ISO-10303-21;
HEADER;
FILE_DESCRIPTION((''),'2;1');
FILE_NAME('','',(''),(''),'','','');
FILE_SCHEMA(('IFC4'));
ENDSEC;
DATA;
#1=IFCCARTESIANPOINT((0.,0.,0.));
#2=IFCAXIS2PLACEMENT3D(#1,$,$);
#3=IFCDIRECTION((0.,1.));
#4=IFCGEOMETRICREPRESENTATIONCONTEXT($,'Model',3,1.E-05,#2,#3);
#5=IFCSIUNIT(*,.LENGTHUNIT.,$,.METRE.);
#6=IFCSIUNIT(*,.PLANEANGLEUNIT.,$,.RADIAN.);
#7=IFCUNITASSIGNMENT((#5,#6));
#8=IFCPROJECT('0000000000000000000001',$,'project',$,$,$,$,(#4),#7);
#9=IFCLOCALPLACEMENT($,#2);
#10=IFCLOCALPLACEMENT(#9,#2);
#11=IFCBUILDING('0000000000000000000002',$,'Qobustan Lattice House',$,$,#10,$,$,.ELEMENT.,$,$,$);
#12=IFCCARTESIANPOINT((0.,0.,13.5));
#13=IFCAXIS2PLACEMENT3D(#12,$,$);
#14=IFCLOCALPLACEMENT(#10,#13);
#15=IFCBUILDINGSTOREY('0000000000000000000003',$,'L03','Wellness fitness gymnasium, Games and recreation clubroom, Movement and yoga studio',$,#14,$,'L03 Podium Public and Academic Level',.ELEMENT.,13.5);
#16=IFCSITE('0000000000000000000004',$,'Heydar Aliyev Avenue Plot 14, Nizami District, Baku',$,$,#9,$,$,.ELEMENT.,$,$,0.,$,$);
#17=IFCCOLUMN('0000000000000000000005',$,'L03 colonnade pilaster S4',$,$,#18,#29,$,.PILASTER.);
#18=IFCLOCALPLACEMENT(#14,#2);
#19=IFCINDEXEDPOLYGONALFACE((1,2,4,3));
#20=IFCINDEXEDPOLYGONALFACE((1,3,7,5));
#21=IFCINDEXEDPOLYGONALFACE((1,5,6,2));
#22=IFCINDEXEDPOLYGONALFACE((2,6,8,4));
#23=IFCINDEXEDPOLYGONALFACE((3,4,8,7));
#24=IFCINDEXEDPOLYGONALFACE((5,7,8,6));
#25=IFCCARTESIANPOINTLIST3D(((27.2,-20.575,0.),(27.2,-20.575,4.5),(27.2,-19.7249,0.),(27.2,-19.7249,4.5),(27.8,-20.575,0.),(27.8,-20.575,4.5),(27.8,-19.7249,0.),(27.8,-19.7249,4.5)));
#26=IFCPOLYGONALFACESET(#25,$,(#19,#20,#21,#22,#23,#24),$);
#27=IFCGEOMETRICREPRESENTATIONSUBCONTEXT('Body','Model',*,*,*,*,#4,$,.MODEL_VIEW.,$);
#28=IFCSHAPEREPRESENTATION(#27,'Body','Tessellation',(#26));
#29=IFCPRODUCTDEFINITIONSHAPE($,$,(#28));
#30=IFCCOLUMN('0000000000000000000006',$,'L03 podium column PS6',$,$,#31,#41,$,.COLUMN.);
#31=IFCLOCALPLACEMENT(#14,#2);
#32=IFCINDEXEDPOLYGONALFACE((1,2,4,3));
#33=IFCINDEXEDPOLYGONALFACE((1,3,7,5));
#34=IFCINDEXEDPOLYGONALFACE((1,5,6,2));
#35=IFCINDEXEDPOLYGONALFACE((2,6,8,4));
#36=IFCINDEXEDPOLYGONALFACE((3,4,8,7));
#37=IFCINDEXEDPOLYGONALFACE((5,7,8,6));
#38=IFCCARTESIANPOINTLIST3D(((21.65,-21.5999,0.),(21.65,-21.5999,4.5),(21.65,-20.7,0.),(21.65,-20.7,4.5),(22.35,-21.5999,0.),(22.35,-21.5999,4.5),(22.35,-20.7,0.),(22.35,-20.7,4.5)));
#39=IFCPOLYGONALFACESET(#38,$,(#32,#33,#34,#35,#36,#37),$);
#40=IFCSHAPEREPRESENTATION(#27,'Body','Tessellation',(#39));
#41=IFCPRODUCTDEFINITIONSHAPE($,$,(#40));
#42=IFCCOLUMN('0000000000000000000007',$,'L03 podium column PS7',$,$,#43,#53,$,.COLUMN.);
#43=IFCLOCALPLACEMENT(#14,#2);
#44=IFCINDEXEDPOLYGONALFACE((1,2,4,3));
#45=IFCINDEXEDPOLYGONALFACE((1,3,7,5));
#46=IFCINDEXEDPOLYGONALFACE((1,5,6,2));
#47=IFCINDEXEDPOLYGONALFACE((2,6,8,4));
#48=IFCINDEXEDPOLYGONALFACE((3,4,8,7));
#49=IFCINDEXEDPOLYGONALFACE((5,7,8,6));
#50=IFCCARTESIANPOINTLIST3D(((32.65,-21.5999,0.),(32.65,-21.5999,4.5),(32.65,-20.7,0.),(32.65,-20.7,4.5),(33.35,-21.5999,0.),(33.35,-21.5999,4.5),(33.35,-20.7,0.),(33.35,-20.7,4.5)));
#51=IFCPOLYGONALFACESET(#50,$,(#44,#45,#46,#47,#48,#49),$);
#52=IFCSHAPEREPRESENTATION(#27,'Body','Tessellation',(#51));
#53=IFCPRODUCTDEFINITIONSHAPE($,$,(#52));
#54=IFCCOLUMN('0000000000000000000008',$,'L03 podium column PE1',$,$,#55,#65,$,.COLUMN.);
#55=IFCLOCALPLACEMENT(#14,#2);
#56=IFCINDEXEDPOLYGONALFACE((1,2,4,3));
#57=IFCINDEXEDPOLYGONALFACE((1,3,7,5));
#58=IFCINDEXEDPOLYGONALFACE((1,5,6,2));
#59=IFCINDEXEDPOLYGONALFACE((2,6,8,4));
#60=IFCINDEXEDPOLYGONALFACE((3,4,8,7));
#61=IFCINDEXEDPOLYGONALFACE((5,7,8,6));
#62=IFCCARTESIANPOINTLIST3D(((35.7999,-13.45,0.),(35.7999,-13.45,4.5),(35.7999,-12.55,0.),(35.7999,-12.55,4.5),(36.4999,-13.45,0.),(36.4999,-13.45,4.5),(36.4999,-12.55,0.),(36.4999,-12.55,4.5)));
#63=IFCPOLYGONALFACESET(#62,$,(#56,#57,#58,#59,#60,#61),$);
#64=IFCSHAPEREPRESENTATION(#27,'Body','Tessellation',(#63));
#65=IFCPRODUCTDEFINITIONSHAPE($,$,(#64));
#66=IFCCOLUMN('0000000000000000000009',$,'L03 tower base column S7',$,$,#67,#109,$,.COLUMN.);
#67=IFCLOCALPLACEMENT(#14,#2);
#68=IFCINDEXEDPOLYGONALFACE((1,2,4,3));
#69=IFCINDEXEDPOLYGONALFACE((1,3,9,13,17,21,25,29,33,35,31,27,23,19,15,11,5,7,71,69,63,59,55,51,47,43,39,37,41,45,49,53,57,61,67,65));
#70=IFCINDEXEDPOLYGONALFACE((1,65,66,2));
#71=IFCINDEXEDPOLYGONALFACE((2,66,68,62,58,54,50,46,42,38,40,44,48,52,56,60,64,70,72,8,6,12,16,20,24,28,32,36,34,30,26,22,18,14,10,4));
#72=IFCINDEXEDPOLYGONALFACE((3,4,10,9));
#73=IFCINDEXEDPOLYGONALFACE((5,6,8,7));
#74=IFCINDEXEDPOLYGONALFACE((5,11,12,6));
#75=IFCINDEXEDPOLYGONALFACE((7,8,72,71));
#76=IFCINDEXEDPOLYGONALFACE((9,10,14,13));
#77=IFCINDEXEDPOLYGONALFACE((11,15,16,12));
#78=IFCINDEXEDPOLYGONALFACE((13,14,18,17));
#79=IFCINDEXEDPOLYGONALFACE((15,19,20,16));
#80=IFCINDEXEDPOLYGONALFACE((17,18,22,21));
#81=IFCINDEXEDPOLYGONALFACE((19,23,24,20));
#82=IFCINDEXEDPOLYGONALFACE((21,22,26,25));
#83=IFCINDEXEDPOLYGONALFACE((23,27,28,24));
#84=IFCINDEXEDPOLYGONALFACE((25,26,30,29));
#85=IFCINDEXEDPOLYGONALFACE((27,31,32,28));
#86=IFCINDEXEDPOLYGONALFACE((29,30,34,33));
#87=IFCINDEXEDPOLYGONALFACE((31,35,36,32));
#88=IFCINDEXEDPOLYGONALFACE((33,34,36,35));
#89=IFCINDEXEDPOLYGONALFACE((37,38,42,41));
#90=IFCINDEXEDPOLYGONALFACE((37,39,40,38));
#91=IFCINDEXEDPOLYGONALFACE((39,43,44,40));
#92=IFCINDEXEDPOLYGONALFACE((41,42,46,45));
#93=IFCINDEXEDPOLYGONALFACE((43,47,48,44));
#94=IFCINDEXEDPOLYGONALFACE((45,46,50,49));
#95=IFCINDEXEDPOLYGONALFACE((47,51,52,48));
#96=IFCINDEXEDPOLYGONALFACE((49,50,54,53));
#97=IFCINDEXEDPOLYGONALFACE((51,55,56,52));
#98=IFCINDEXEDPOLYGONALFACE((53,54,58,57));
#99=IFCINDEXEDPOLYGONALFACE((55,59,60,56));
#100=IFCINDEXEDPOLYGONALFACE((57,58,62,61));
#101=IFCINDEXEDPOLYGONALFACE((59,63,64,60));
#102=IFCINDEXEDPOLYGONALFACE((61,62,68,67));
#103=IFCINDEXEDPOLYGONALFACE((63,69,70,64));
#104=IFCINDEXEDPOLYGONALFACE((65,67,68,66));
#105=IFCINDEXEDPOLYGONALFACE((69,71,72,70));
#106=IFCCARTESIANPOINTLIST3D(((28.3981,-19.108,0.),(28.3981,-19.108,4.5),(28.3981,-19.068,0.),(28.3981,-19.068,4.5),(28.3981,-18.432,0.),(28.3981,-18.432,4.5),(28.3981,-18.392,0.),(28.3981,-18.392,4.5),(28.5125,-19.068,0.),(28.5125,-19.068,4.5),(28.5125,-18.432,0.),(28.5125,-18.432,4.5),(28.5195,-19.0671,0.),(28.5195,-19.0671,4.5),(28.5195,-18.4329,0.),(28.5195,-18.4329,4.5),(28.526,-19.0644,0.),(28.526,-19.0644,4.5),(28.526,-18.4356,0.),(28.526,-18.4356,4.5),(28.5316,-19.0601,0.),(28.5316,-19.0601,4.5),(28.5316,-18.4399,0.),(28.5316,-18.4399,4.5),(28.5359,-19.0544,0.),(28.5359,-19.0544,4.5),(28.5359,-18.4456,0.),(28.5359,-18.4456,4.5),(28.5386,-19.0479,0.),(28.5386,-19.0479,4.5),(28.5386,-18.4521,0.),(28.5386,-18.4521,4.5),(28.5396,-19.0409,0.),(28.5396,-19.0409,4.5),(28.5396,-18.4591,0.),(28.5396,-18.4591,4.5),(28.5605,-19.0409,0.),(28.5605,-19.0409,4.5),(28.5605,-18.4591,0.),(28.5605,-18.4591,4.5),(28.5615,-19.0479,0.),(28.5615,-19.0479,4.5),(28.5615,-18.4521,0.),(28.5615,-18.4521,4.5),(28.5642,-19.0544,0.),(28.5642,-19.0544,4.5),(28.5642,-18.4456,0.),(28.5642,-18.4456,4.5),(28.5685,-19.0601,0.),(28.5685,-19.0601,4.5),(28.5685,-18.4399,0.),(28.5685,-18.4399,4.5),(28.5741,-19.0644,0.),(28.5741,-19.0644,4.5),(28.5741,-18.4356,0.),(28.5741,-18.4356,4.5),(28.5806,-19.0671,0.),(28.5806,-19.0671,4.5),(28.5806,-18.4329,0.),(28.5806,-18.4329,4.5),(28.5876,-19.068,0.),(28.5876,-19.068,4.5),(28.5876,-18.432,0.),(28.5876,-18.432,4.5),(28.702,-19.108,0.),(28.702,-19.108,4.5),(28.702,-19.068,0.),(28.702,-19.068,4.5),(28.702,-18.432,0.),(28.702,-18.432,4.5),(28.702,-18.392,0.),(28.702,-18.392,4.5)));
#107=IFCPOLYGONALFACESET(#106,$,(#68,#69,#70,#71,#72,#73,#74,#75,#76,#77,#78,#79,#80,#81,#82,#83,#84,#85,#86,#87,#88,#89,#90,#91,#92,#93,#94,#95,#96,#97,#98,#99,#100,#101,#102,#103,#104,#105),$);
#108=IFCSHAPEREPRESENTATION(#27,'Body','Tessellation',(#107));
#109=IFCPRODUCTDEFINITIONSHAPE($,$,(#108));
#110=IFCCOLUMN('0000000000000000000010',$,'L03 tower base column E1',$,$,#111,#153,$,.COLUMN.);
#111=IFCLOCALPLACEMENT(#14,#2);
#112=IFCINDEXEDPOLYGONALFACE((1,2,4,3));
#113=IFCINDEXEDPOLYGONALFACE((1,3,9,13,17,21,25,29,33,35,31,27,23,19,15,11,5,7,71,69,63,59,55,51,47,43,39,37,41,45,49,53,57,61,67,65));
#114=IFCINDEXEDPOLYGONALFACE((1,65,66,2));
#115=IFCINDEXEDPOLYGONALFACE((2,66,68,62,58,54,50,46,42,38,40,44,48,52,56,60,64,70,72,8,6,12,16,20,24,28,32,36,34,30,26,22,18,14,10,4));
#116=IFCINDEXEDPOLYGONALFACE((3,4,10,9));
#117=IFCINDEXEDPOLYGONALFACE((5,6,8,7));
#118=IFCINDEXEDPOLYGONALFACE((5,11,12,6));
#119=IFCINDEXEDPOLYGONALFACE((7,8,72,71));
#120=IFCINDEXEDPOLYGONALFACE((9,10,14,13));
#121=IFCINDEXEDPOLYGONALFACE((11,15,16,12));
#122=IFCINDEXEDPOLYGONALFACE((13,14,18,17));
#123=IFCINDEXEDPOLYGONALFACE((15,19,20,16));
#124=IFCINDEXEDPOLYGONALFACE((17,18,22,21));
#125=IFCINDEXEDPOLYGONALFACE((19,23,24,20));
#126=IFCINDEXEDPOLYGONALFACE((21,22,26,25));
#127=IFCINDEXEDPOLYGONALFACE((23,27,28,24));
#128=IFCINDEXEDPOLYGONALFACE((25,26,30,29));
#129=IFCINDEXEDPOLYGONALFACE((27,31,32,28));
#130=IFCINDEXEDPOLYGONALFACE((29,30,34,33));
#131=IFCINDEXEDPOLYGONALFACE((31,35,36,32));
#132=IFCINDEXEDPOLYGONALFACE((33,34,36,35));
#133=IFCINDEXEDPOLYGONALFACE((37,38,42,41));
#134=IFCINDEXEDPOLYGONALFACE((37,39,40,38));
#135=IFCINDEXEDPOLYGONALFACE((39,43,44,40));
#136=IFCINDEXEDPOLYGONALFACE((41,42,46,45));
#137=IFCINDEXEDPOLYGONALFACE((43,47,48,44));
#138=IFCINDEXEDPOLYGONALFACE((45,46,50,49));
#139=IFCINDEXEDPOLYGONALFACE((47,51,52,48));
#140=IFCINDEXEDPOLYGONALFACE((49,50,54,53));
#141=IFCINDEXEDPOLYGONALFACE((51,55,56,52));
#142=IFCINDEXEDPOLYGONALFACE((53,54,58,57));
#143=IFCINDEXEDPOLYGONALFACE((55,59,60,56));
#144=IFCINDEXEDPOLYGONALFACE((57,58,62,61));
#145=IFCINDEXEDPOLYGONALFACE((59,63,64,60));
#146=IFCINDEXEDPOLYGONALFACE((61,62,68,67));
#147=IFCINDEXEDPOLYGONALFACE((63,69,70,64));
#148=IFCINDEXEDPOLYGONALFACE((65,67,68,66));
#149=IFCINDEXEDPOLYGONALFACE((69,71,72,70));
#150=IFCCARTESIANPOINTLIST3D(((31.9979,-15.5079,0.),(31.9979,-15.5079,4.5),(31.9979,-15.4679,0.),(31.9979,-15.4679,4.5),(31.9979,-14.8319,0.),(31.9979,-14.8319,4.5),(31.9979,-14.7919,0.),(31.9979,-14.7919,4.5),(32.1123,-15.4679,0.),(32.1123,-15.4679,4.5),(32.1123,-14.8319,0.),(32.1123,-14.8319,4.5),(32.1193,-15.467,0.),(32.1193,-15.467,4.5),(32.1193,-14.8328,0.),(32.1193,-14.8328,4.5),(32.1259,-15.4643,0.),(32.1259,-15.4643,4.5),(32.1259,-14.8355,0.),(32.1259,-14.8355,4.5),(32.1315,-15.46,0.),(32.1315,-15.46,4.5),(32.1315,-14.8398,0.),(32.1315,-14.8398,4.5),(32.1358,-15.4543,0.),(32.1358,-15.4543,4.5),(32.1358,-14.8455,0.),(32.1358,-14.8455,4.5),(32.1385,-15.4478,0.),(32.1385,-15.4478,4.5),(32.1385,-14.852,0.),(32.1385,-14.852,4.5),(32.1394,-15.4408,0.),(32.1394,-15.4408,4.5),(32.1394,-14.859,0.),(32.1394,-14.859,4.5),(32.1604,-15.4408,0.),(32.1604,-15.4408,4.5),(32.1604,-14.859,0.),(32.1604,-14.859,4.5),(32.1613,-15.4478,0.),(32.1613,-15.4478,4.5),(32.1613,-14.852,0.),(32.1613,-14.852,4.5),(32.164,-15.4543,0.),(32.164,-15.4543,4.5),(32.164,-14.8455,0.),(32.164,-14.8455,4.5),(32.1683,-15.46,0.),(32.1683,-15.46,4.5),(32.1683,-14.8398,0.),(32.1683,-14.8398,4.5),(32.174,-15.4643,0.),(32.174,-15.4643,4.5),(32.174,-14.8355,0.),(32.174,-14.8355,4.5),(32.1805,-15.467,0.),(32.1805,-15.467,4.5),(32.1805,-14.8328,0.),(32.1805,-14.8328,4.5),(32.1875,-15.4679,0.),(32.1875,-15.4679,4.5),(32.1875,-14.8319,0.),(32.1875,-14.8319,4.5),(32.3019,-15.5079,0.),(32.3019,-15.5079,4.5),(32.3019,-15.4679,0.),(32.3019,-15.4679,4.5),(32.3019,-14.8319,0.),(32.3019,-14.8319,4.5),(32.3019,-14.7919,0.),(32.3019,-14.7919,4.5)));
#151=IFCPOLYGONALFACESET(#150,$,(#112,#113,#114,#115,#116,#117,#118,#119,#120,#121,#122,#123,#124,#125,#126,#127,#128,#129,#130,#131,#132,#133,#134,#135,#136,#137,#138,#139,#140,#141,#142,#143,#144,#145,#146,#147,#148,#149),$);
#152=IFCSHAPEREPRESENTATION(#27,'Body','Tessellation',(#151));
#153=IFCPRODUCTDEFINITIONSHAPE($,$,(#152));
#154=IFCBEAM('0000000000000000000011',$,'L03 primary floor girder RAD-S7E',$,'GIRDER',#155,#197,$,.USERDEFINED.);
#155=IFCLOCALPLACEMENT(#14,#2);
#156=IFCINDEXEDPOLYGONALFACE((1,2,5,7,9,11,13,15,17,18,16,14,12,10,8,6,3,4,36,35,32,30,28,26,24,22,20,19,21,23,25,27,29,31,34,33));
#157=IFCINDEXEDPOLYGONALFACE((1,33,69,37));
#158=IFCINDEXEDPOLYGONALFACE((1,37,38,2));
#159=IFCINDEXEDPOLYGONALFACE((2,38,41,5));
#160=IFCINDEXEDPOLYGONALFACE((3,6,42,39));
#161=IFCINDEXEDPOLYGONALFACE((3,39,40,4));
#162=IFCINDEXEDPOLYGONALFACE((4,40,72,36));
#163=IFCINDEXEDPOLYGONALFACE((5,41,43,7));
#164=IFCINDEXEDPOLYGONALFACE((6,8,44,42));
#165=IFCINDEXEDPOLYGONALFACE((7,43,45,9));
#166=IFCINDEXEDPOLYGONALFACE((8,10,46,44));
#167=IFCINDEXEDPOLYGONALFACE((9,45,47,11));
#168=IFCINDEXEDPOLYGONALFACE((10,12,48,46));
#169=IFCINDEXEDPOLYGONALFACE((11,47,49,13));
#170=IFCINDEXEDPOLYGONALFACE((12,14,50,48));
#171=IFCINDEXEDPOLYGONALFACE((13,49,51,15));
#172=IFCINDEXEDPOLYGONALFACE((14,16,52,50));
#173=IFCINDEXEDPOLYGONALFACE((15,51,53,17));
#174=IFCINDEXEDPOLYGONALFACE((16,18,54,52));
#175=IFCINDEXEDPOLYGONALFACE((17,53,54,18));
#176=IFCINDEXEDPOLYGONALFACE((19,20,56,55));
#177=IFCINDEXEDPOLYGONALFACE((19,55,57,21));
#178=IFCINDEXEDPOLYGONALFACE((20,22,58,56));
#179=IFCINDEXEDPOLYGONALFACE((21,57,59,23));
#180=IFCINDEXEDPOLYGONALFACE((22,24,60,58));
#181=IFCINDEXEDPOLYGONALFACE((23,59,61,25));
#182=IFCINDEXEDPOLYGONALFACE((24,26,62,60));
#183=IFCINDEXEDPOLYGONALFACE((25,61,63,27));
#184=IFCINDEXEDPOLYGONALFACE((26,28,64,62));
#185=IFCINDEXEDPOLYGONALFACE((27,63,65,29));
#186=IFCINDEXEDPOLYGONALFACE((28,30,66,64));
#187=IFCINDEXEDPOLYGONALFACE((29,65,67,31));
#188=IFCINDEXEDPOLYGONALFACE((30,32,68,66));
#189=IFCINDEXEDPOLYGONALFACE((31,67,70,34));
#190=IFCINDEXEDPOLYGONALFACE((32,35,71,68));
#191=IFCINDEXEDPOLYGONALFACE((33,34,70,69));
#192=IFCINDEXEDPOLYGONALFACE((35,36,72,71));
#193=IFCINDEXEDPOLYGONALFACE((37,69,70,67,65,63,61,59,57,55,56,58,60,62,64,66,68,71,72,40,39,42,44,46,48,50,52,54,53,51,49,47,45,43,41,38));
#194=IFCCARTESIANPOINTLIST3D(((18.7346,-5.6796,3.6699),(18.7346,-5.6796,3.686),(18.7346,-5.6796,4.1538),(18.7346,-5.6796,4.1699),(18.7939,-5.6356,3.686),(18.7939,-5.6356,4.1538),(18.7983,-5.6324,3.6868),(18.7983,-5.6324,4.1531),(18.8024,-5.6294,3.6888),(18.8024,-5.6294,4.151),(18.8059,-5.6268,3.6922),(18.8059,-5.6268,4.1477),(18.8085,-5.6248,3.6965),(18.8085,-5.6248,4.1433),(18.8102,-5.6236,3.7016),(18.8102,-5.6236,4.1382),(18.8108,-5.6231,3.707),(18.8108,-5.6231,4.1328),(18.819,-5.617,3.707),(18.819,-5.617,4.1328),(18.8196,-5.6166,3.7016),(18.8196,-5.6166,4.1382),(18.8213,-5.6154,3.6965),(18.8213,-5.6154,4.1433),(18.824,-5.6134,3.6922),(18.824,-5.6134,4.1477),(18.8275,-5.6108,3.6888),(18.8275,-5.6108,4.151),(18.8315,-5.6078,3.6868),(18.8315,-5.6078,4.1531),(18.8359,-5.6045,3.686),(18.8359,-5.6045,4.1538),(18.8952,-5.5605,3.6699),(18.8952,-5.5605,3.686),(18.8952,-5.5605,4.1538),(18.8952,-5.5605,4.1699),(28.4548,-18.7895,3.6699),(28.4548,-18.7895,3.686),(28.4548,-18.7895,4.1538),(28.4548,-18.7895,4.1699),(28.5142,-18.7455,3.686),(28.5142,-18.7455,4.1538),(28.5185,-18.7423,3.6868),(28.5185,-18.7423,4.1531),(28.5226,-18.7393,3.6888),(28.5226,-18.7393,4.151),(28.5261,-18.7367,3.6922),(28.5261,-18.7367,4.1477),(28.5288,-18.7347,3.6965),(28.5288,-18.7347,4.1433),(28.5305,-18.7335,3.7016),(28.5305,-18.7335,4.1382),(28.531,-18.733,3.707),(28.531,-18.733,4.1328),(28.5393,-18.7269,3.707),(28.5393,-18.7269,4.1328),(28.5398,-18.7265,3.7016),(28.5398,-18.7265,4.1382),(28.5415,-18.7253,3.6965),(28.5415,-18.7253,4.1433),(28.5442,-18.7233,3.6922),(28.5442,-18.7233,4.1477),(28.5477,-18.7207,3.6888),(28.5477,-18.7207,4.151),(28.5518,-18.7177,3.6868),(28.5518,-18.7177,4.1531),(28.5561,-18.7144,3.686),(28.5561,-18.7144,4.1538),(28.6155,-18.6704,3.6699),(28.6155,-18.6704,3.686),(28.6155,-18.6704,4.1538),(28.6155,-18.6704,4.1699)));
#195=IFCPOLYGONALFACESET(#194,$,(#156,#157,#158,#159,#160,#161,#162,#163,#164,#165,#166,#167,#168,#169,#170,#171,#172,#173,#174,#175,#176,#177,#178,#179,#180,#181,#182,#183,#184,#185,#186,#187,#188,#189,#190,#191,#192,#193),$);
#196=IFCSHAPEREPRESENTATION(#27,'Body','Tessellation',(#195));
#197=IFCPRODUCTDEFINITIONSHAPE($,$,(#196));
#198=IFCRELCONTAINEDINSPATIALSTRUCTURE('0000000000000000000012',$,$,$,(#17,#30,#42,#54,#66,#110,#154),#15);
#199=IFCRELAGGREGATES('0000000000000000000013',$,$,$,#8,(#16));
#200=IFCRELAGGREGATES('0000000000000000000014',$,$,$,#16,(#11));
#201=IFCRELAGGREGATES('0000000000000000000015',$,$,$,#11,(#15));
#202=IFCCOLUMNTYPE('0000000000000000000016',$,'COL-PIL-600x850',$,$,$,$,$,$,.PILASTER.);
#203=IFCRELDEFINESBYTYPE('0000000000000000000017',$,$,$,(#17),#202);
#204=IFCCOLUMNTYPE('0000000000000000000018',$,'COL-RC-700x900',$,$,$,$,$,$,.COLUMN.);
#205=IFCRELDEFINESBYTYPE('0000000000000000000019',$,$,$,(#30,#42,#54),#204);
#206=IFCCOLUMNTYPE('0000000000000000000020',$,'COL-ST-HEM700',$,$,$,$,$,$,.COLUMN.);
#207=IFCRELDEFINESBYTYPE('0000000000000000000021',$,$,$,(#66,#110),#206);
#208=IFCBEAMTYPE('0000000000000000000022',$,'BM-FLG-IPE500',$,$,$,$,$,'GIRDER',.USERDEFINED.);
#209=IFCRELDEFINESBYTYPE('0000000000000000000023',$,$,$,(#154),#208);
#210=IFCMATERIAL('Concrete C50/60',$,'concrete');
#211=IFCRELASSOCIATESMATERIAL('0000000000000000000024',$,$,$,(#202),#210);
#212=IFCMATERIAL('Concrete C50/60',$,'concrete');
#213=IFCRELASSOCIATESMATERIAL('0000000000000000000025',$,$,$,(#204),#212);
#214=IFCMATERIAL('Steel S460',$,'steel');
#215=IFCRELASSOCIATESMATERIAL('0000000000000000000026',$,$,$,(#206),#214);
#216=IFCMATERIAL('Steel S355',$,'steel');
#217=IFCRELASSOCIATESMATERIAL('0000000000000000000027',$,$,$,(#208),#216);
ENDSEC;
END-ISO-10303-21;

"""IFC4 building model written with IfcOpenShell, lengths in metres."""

from ifc_helpers import new_model, si_unit, direction, frame, origin, origin_2d, place, context, subcontext, project, spatial, rectangle, i_section, extrude, material, material_profile, profile_set, type_object, element, save


model = new_model("IFC4")

# Units and contexts
model_context = context("Model", 3, precision=1e-05, world=origin(), true_north=direction((0.0, 1.0)))
body_context = subcontext(model_context, "Body", "Model", "MODEL_VIEW")
ifc_project = project(units=[si_unit("LENGTHUNIT", "METRE"), si_unit("PLANEANGLEUNIT", "RADIAN")], contexts=[model_context])

# Site, building, storey
site_placement = place(None, origin())
site = spatial("IfcSite", under=ifc_project, at=site_placement, Name="Heydar Aliyev Avenue Plot 14, Nizami District, Baku", CompositionType="ELEMENT", RefElevation=0.0)
building_placement = place(site_placement, origin())
building = spatial("IfcBuilding", under=site, at=building_placement, Name="Qobustan Lattice House", CompositionType="ELEMENT")
storey_placement = place(building_placement, frame((0.0, 0.0, 13.5)))
storey = spatial("IfcBuildingStorey", under=building, at=storey_placement, Name="L03", Description="Wellness fitness gymnasium, Games and recreation clubroom, Movement and yoga studio", LongName="L03 Podium Public and Academic Level", CompositionType="ELEMENT", Elevation=13.5)

# Columns
ifc_material_1 = material(Name="Concrete C50/60", Category="concrete")
ifc_material_profile_1 = material_profile(ifc_material_1, rectangle(XDim=0.6001, YDim=0.8501, at=origin_2d()), Name="RC600x850")
ifc_profile_set_1 = profile_set([ifc_material_profile_1], Name="Concrete C50/60")
column_type_1 = type_object("IfcColumnType", Name="COL-PIL-600x850", PredefinedType="PILASTER", material=ifc_profile_set_1)
column_placement = place(storey_placement, frame((27.5, -20.1499, 0.0), z_axis=(0.0, 0.0, 1.0), x_axis=(1.0, 0.0, 0.0)))
element("IfcColumn", 1, at=column_placement, inside=storey, type_object=column_type_1, Name="L03 colonnade pilaster S4", PredefinedType="PILASTER", context=body_context, shape_type="SweptSolid", body=[
    extrude(rectangle(XDim=0.6001, YDim=0.8501, at=origin_2d()), origin(), (0.0, 0.0, 1.0), 4.5),
])
ifc_material_2 = material(Name="Concrete C50/60", Category="concrete")
ifc_material_profile_2 = material_profile(ifc_material_2, rectangle(XDim=0.7, YDim=0.8999, at=origin_2d()), Name="RC700x900")
ifc_profile_set_2 = profile_set([ifc_material_profile_2], Name="Concrete C50/60")
column_type_2 = type_object("IfcColumnType", Name="COL-RC-700x900", PredefinedType="COLUMN", material=ifc_profile_set_2)
for number, where, z_axis, x_axis, name in (
    (2, (22.0, -21.1499, 0.0), (0.0, 0.0, 1.0), (1.0, 0.0, 0.0), "L03 podium column PS6"),
    (3, (33.0, -21.1499, 0.0), (0.0, 0.0, 1.0), (1.0, 0.0, 0.0), "L03 podium column PS7"),
    (4, (36.1499, -13.0, 0.0), (0.0, 0.0, 1.0), (1.0, 0.0, 0.0), "L03 podium column PE1"),
):
    element("IfcColumn", number, at=place(storey_placement, frame(where, z_axis=z_axis, x_axis=x_axis)), inside=storey, type_object=column_type_2, Name=name, PredefinedType="COLUMN", context=body_context, shape_type="SweptSolid", body=[
        extrude(rectangle(XDim=0.7, YDim=0.8999, at=origin_2d()), origin(), (0.0, 0.0, 1.0), 4.5),
    ])
ifc_material_3 = material(Name="Steel S460", Category="steel")
ifc_material_profile_3 = material_profile(ifc_material_3, i_section(OverallWidth=0.304, OverallDepth=0.7161, WebThickness=0.021, FlangeThickness=0.04, FilletRadius=0.0271, at=origin_2d()), Name="HEM700")
ifc_profile_set_3 = profile_set([ifc_material_profile_3], Name="Steel S460")
column_type_3 = type_object("IfcColumnType", Name="COL-ST-HEM700", PredefinedType="COLUMN", material=ifc_profile_set_3)
for number, where, z_axis, x_axis, name in (
    (5, (28.55, -18.75, 0.0), (0.0, 0.0, 1.0), (1.0, 0.0, 0.0), "L03 tower base column S7"),
    (6, (32.1499, -15.1499, 0.0), (0.0, 0.0, 1.0), (1.0, 0.0, 0.0), "L03 tower base column E1"),
):
    element("IfcColumn", number, at=place(storey_placement, frame(where, z_axis=z_axis, x_axis=x_axis)), inside=storey, type_object=column_type_3, Name=name, PredefinedType="COLUMN", context=body_context, shape_type="SweptSolid", body=[
        extrude(i_section(OverallWidth=0.304, OverallDepth=0.7161, WebThickness=0.021, FlangeThickness=0.04, FilletRadius=0.0271, at=origin_2d()), origin(), (0.0, 0.0, 1.0), 4.5),
    ])

# Beam
ifc_material_4 = material(Name="Steel S355", Category="steel")
ifc_material_profile_4 = material_profile(ifc_material_4, i_section(OverallWidth=0.2, OverallDepth=0.5, WebThickness=0.0103, FlangeThickness=0.0161, FilletRadius=0.021, at=origin_2d()), Name="IPE500")
ifc_profile_set_4 = profile_set([ifc_material_profile_4], Name="Steel S355")
beam_type_1 = type_object("IfcBeamType", Name="BM-FLG-IPE500", ElementType="GIRDER", PredefinedType="USERDEFINED", material=ifc_profile_set_4)
beam_1_placement = place(storey_placement, frame((28.5352, -18.73, 3.9199), z_axis=(-0.595592, 0.803287, 0.0), x_axis=(-0.803287, -0.595592, 0.0)))
element("IfcBeam", 7, at=beam_1_placement, inside=storey, type_object=beam_type_1, Name="L03 primary floor girder RAD-S7E", ObjectType="GIRDER", PredefinedType="USERDEFINED", context=body_context, shape_type="SweptSolid", body=[
    extrude(i_section(OverallWidth=0.2, OverallDepth=0.5, WebThickness=0.0103, FlangeThickness=0.0161, FilletRadius=0.021, at=origin_2d()), origin(), (0.0, 0.0, 1.0), 16.3203),
])

save(model, "model.ifc")
